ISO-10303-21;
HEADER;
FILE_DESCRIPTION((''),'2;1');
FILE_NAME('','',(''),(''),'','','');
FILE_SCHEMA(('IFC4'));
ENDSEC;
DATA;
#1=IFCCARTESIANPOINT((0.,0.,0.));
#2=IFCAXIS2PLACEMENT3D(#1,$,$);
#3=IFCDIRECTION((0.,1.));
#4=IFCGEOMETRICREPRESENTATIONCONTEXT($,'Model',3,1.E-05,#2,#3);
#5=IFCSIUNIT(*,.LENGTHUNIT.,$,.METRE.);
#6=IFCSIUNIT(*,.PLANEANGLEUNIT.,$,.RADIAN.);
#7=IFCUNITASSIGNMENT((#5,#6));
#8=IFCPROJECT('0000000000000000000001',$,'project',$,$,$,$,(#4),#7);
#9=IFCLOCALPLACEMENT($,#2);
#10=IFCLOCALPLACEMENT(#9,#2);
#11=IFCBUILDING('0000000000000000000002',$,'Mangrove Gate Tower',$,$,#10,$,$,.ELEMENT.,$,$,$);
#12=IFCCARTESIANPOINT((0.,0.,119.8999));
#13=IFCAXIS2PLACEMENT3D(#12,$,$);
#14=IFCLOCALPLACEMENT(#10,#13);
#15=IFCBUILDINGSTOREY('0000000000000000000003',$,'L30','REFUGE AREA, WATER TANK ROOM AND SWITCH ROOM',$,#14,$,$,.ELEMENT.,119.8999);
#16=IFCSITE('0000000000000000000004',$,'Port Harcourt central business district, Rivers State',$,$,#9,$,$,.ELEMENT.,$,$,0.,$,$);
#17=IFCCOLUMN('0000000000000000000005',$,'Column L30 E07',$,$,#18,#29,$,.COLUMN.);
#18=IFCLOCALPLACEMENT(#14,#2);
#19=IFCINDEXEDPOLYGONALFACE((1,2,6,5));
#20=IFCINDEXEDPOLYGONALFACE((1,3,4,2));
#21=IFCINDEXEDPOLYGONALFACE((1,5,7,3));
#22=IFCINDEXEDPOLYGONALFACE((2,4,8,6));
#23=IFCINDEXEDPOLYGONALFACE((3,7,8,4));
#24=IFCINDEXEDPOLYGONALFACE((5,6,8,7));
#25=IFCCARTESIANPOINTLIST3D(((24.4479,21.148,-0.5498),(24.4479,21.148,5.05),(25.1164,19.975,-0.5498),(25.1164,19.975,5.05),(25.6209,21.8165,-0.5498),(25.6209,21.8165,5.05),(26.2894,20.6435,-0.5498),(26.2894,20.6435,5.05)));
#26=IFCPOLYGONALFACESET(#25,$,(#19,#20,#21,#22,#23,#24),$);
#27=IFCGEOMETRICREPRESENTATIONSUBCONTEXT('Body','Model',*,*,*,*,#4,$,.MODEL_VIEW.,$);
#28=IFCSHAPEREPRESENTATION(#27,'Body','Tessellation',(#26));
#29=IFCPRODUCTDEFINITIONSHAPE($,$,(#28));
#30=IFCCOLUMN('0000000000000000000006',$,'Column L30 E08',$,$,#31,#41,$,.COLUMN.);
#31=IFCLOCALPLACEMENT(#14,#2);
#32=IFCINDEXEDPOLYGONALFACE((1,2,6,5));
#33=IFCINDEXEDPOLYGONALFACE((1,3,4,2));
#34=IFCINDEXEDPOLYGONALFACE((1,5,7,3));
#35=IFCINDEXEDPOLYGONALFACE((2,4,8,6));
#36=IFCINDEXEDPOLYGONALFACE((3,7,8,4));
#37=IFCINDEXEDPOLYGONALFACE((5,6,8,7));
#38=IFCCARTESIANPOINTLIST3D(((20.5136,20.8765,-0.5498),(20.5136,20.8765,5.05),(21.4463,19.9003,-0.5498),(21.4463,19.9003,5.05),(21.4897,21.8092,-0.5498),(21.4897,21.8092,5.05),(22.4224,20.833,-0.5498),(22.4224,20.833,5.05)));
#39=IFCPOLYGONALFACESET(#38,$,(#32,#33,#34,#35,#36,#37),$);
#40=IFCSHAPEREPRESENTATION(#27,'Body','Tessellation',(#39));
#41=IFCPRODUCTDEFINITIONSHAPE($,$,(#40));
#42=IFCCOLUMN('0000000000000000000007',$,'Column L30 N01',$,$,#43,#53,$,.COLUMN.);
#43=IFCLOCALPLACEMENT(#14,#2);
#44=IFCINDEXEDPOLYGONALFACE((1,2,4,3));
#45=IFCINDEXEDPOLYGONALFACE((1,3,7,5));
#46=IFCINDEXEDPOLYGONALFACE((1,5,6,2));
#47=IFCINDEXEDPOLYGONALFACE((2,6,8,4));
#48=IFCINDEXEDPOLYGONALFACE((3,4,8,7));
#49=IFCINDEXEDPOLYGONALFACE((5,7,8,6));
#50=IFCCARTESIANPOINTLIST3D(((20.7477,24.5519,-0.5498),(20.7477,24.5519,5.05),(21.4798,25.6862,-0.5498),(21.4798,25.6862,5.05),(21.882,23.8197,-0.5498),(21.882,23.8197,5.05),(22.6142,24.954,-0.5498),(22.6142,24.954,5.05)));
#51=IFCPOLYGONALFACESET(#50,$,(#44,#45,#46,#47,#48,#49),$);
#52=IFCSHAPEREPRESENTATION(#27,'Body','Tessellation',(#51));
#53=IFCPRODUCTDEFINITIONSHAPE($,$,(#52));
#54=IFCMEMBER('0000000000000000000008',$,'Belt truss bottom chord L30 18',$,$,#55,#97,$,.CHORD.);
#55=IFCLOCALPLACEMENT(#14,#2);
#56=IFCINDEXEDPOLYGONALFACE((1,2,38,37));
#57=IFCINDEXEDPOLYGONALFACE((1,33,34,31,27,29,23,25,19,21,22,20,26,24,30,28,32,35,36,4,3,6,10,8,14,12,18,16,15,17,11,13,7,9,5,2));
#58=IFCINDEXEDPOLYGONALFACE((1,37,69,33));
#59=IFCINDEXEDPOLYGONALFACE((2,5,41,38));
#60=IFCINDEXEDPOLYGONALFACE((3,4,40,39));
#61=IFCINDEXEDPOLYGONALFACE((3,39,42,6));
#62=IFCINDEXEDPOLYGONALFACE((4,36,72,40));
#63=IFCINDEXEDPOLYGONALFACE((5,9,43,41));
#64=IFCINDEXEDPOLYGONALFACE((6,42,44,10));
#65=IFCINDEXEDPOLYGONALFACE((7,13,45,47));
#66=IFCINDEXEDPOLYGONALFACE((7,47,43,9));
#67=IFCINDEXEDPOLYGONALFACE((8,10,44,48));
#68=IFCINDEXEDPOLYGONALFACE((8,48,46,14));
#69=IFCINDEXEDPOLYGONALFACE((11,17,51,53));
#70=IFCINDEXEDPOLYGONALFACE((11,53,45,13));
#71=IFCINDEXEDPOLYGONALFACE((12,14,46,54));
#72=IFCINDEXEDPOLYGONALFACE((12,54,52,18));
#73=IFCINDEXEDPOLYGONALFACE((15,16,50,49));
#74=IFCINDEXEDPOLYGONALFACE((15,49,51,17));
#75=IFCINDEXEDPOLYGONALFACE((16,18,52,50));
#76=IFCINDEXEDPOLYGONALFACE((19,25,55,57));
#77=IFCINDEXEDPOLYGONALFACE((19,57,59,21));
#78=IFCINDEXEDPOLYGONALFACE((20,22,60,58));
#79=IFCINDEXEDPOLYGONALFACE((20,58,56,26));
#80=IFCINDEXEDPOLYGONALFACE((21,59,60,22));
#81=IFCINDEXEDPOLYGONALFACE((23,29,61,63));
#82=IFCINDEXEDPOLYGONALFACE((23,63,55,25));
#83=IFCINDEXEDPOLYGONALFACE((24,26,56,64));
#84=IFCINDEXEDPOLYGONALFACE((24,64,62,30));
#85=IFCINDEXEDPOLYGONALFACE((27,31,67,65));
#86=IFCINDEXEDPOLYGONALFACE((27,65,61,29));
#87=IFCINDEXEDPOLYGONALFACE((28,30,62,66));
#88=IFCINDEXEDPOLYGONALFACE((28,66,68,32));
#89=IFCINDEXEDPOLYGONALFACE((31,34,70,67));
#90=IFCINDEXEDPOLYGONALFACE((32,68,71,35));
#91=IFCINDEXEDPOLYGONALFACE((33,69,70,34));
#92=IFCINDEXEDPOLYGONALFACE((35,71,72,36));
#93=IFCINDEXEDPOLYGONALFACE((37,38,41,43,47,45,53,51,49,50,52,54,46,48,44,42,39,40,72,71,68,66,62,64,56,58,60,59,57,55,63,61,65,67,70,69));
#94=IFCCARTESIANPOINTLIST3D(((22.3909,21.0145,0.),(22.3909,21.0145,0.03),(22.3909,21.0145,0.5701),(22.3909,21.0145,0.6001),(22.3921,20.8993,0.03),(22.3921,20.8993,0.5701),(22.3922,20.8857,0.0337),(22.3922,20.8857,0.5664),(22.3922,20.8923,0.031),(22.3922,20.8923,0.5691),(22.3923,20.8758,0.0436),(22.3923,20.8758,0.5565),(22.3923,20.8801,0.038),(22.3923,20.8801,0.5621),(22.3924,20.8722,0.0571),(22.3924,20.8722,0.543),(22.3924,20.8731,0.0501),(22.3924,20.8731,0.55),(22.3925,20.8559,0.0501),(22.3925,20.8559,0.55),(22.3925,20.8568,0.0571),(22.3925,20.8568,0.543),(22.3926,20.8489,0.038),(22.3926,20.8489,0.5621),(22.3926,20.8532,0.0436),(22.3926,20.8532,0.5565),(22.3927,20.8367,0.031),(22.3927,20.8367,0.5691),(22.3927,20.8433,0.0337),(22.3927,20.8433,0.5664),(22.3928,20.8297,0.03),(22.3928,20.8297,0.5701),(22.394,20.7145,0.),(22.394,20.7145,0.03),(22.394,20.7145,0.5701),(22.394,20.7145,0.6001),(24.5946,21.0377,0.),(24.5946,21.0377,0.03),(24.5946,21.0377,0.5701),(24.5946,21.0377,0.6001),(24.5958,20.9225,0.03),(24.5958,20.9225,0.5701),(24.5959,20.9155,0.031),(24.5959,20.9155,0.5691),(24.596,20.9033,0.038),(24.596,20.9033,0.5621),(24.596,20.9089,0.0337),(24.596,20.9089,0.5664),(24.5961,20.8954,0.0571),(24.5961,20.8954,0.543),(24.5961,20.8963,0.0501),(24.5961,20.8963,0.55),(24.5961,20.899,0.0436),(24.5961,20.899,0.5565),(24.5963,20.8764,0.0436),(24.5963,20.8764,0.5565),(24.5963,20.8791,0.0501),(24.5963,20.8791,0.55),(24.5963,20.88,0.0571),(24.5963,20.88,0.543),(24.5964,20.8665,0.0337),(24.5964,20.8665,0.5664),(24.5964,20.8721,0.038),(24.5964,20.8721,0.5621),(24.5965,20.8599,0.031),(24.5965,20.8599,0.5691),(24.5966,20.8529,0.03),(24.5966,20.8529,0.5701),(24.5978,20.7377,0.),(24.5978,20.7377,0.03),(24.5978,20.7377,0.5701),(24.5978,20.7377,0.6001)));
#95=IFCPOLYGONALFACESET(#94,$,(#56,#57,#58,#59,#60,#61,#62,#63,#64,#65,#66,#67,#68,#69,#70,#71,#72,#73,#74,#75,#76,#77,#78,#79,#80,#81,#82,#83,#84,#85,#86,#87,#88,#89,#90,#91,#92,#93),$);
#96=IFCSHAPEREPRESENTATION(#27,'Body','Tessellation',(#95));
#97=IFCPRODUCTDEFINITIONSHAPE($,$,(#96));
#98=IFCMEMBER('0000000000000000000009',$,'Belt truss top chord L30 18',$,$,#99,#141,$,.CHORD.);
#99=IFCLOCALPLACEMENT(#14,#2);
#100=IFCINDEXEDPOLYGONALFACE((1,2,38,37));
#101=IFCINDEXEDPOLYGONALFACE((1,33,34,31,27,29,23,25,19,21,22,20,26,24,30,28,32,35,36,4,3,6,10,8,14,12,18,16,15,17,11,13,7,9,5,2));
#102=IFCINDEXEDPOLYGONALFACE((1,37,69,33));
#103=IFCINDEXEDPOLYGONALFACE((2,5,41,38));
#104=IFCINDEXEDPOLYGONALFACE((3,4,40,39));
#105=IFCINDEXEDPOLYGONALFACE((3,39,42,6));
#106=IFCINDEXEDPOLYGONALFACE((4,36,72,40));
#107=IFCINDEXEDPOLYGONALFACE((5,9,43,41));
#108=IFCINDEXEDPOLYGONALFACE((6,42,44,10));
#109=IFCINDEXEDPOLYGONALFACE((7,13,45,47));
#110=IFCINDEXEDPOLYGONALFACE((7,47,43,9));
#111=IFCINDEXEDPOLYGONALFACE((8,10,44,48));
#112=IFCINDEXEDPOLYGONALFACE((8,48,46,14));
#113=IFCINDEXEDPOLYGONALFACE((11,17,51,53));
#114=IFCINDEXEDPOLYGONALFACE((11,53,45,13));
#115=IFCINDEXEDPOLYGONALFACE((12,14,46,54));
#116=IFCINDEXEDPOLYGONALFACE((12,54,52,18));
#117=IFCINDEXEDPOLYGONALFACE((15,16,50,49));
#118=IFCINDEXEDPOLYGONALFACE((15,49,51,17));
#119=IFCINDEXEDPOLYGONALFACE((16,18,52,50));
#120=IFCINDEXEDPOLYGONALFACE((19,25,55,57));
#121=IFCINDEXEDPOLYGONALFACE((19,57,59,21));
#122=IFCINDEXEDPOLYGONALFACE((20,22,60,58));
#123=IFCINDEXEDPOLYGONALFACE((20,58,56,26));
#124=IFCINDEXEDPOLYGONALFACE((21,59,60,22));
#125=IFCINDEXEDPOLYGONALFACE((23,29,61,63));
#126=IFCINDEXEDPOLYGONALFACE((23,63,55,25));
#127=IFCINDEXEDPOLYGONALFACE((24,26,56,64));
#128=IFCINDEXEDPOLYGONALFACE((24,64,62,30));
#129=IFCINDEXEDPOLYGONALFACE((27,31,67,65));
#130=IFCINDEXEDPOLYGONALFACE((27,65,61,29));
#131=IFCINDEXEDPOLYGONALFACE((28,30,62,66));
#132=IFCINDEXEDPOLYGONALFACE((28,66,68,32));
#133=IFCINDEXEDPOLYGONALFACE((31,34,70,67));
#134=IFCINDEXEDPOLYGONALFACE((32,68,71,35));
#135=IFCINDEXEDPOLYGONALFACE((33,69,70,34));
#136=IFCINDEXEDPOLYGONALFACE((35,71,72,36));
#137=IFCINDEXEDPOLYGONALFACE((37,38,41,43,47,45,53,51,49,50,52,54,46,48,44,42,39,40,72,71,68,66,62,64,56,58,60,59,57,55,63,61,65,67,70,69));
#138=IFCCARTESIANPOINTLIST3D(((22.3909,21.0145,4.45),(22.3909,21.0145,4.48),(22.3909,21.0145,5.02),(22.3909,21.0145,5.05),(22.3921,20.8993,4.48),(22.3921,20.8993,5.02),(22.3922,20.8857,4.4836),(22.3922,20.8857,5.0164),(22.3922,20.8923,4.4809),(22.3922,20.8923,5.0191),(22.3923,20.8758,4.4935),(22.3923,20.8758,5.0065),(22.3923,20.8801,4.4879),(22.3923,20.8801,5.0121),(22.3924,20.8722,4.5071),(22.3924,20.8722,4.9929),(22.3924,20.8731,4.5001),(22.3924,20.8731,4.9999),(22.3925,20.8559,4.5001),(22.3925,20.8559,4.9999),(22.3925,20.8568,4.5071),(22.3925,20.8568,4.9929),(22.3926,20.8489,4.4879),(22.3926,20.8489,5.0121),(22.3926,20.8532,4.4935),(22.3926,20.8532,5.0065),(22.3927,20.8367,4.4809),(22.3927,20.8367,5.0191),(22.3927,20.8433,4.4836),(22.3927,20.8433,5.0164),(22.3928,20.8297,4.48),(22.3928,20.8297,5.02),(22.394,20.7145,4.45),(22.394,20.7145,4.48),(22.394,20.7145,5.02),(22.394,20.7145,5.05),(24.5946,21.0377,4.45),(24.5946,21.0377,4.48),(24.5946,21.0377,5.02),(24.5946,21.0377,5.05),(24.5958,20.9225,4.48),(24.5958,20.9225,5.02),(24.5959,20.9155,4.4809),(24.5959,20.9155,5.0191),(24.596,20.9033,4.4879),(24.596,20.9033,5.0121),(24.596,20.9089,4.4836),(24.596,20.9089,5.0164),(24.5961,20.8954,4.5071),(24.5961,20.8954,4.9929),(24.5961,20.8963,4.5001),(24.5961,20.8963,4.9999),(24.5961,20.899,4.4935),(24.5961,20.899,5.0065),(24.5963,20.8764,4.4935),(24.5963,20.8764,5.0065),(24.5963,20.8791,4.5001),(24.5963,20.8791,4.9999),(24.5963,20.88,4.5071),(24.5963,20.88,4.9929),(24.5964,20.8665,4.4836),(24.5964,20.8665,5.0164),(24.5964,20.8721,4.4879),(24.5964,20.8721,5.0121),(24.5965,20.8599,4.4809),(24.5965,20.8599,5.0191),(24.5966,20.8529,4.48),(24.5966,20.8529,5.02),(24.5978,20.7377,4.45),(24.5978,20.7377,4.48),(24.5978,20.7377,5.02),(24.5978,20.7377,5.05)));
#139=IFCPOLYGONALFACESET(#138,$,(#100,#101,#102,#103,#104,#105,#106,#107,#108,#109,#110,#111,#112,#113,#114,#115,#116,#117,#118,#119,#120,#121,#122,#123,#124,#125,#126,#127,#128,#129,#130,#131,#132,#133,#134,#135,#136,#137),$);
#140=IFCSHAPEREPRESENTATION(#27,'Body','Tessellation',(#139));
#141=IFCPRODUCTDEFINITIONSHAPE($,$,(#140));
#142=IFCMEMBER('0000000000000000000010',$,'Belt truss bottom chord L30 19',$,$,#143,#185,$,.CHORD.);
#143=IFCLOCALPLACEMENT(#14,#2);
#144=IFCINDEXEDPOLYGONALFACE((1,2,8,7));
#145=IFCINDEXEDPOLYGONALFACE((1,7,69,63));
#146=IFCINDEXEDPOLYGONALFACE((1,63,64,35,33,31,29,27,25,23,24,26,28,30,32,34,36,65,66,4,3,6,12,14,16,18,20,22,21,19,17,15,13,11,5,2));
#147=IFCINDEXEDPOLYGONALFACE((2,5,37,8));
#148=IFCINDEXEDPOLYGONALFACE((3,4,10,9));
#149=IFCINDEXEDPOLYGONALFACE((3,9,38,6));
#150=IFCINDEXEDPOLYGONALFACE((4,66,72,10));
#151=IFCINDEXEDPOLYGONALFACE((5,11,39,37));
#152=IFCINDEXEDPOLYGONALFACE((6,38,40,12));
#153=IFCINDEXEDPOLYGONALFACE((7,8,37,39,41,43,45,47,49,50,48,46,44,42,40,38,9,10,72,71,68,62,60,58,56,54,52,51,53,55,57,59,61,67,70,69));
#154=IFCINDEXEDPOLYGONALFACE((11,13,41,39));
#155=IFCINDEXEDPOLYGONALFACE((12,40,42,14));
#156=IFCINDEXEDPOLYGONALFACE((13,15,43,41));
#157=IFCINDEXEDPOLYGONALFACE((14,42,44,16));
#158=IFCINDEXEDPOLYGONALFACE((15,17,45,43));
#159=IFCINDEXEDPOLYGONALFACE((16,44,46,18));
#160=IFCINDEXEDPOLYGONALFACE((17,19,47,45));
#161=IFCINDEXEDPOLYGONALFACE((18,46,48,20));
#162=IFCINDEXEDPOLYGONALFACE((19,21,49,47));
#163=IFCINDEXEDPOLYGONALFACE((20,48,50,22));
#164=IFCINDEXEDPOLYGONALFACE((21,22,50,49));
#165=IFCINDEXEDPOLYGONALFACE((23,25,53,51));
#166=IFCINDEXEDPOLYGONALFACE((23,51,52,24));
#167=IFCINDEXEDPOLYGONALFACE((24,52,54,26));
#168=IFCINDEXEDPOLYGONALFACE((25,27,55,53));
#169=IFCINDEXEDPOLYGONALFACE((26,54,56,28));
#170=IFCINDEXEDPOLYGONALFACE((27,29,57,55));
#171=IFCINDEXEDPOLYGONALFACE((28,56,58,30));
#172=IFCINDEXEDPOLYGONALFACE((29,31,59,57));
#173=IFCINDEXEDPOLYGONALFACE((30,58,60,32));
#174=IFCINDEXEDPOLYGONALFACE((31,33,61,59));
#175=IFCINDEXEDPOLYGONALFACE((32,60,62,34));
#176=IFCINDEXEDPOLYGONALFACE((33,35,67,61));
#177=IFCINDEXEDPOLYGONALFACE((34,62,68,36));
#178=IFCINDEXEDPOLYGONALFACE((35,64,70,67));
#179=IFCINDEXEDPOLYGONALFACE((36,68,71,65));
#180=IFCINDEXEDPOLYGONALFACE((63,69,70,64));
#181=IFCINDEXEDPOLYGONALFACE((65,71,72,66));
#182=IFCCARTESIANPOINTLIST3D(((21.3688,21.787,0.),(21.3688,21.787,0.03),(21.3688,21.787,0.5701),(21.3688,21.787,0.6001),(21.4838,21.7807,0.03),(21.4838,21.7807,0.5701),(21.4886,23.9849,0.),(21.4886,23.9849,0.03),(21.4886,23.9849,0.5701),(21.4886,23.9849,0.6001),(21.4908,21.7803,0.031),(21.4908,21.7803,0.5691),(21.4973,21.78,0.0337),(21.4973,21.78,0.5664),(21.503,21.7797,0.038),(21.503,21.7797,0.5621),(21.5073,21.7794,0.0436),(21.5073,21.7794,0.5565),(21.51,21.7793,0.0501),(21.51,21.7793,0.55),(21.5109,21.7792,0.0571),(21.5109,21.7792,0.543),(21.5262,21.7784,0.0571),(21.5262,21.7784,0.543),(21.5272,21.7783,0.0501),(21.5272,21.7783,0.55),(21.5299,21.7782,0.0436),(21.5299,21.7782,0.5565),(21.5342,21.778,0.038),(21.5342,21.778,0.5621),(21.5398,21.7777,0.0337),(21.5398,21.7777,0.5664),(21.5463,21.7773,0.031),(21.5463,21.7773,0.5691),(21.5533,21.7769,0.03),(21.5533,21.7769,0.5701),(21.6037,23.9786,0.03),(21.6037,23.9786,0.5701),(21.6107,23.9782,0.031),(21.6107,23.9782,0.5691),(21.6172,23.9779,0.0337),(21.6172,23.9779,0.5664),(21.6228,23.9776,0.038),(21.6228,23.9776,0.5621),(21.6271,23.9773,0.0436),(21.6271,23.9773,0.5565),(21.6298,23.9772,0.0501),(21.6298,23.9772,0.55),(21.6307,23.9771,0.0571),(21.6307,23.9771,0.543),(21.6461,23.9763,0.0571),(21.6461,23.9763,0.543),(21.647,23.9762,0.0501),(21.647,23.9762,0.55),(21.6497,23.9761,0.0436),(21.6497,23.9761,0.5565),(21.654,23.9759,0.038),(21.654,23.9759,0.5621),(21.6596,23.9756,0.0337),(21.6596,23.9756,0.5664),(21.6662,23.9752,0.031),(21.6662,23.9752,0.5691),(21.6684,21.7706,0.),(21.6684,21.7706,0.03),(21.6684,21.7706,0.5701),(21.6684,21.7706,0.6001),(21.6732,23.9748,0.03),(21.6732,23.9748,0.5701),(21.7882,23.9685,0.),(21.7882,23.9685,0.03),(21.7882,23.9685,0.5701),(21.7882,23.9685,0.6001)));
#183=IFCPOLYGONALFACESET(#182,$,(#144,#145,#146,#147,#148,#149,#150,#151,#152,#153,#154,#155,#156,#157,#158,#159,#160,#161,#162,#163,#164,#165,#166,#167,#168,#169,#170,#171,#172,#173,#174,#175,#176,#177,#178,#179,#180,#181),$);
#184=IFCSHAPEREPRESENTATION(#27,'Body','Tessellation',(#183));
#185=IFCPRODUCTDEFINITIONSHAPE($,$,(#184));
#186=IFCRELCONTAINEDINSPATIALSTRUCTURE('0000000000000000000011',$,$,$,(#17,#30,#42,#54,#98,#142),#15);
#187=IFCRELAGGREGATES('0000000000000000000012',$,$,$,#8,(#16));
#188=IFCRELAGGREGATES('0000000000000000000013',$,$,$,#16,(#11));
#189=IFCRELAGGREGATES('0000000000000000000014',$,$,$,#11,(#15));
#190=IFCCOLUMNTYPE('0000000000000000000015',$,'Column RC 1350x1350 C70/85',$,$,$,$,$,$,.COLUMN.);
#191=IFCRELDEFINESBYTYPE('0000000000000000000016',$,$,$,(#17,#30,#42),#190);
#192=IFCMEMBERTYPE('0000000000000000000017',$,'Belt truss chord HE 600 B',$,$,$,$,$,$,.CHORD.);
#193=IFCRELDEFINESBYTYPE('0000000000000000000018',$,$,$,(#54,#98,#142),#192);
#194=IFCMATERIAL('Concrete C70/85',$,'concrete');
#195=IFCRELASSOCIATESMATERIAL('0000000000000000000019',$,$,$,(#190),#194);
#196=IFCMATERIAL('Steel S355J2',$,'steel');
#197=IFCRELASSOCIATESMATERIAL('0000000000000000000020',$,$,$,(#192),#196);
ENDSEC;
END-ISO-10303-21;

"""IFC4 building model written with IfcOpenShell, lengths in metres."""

from ifc_helpers import new_model, si_unit, direction, frame, origin, origin_2d, place, context, subcontext, project, spatial, rectangle, i_section, extrude, material, material_profile, profile_set, type_object, element, save


model = new_model("IFC4")

# Units and contexts
model_context = context("Model", 3, precision=1e-05, world=origin(), true_north=direction((0.0, 1.0)))
body_context = subcontext(model_context, "Body", "Model", "MODEL_VIEW")
ifc_project = project(units=[si_unit("LENGTHUNIT", "METRE"), si_unit("PLANEANGLEUNIT", "RADIAN")], contexts=[model_context])

# Site, building, storey
site_placement = place(None, origin())
site = spatial("IfcSite", under=ifc_project, at=site_placement, Name="Port Harcourt central business district, Rivers State", CompositionType="ELEMENT", RefElevation=0.0)
building_placement = place(site_placement, origin())
building = spatial("IfcBuilding", under=site, at=building_placement, Name="Mangrove Gate Tower", CompositionType="ELEMENT")
storey_placement = place(building_placement, frame((0.0, 0.0, 119.8999)))
storey = spatial("IfcBuildingStorey", under=building, at=storey_placement, Name="L30", Description="REFUGE AREA, WATER TANK ROOM AND SWITCH ROOM", CompositionType="ELEMENT", Elevation=119.8999)

# Columns
ifc_material_1 = material(Name="Concrete C70/85", Category="concrete")
ifc_material_profile_1 = material_profile(ifc_material_1, rectangle(XDim=1.3501, YDim=1.3501, at=origin_2d()))
ifc_profile_set_1 = profile_set([ifc_material_profile_1], Name="Concrete C70/85")
column_type = type_object("IfcColumnType", Name="Column RC 1350x1350 C70/85", PredefinedType="COLUMN", material=ifc_profile_set_1)
for number, where, z_axis, x_axis, name in (
    (1, (25.3687, 20.8958, -0.5498), (0.0, 0.0, 1.0), (-0.495141, 0.868813, 0.0), "Column L30 E07"),
    (2, (21.468, 20.8547, -0.5498), (0.0, 0.0, 1.0), (-0.690837, 0.72301, 0.0), "Column L30 E08"),
    (3, (21.6809, 24.7529, -0.5498), (0.0, 0.0, 1.0), (-0.84017, 0.542323, 0.0), "Column L30 N01"),
):
    element("IfcColumn", number, at=place(storey_placement, frame(where, z_axis=z_axis, x_axis=x_axis)), inside=storey, type_object=column_type, Name=name, PredefinedType="COLUMN", context=body_context, shape_type="SweptSolid", body=[
        extrude(rectangle(XDim=1.3501, YDim=1.3501, at=origin_2d()), origin(), (0.0, 0.0, 1.0), 5.5999),
    ])

# Members
ifc_material_2 = material(Name="Steel S355J2", Category="steel")
ifc_material_profile_2 = material_profile(ifc_material_2, i_section(OverallWidth=0.3, OverallDepth=0.6001, WebThickness=0.0154, FlangeThickness=0.03, FilletRadius=0.0271, at=origin_2d()))
ifc_profile_set_2 = profile_set([ifc_material_profile_2], Name="Steel S355J2")
member_type_1 = type_object("IfcMemberType", Name="Belt truss chord HE 600 B", PredefinedType="CHORD", material=ifc_profile_set_2)
for number, where, z_axis, x_axis, name in (
    (4, (24.5962, 20.8877, 0.3), (-0.999945, -0.010523, 0.0), (0.010523, -0.999945, 0.0), "Belt truss bottom chord L30 18"),
    (5, (24.5962, 20.8877, 4.75), (-0.999945, -0.010523, 0.0), (0.010523, -0.999945, 0.0), "Belt truss top chord L30 18"),
):
    element("IfcMember", number, at=place(storey_placement, frame(where, z_axis=z_axis, x_axis=x_axis)), inside=storey, type_object=member_type_1, Name=name, PredefinedType="CHORD", context=body_context, shape_type="SweptSolid", body=[
        extrude(i_section(OverallWidth=0.3, OverallDepth=0.6001, WebThickness=0.0154, FlangeThickness=0.03, FilletRadius=0.0271, at=origin_2d()), origin(), (0.0, 0.0, 1.0), 2.2039),
    ])
for number, where, z_axis, x_axis, name in (
    (6, (21.5186, 21.7788, 0.3), (0.054456, 0.998516, 0.0), (-0.998516, 0.054456, 0.0), "Belt truss bottom chord L30 19"),
):
    element("IfcMember", number, at=place(storey_placement, frame(where, z_axis=z_axis, x_axis=x_axis)), inside=storey, type_object=member_type_1, Name=name, PredefinedType="CHORD", context=body_context, shape_type="SweptSolid", body=[
        extrude(i_section(OverallWidth=0.3, OverallDepth=0.6001, WebThickness=0.0154, FlangeThickness=0.03, FilletRadius=0.0271, at=origin_2d()), origin(), (0.0, 0.0, 1.0), 2.2012),
    ])

save(model, "model.ifc")
